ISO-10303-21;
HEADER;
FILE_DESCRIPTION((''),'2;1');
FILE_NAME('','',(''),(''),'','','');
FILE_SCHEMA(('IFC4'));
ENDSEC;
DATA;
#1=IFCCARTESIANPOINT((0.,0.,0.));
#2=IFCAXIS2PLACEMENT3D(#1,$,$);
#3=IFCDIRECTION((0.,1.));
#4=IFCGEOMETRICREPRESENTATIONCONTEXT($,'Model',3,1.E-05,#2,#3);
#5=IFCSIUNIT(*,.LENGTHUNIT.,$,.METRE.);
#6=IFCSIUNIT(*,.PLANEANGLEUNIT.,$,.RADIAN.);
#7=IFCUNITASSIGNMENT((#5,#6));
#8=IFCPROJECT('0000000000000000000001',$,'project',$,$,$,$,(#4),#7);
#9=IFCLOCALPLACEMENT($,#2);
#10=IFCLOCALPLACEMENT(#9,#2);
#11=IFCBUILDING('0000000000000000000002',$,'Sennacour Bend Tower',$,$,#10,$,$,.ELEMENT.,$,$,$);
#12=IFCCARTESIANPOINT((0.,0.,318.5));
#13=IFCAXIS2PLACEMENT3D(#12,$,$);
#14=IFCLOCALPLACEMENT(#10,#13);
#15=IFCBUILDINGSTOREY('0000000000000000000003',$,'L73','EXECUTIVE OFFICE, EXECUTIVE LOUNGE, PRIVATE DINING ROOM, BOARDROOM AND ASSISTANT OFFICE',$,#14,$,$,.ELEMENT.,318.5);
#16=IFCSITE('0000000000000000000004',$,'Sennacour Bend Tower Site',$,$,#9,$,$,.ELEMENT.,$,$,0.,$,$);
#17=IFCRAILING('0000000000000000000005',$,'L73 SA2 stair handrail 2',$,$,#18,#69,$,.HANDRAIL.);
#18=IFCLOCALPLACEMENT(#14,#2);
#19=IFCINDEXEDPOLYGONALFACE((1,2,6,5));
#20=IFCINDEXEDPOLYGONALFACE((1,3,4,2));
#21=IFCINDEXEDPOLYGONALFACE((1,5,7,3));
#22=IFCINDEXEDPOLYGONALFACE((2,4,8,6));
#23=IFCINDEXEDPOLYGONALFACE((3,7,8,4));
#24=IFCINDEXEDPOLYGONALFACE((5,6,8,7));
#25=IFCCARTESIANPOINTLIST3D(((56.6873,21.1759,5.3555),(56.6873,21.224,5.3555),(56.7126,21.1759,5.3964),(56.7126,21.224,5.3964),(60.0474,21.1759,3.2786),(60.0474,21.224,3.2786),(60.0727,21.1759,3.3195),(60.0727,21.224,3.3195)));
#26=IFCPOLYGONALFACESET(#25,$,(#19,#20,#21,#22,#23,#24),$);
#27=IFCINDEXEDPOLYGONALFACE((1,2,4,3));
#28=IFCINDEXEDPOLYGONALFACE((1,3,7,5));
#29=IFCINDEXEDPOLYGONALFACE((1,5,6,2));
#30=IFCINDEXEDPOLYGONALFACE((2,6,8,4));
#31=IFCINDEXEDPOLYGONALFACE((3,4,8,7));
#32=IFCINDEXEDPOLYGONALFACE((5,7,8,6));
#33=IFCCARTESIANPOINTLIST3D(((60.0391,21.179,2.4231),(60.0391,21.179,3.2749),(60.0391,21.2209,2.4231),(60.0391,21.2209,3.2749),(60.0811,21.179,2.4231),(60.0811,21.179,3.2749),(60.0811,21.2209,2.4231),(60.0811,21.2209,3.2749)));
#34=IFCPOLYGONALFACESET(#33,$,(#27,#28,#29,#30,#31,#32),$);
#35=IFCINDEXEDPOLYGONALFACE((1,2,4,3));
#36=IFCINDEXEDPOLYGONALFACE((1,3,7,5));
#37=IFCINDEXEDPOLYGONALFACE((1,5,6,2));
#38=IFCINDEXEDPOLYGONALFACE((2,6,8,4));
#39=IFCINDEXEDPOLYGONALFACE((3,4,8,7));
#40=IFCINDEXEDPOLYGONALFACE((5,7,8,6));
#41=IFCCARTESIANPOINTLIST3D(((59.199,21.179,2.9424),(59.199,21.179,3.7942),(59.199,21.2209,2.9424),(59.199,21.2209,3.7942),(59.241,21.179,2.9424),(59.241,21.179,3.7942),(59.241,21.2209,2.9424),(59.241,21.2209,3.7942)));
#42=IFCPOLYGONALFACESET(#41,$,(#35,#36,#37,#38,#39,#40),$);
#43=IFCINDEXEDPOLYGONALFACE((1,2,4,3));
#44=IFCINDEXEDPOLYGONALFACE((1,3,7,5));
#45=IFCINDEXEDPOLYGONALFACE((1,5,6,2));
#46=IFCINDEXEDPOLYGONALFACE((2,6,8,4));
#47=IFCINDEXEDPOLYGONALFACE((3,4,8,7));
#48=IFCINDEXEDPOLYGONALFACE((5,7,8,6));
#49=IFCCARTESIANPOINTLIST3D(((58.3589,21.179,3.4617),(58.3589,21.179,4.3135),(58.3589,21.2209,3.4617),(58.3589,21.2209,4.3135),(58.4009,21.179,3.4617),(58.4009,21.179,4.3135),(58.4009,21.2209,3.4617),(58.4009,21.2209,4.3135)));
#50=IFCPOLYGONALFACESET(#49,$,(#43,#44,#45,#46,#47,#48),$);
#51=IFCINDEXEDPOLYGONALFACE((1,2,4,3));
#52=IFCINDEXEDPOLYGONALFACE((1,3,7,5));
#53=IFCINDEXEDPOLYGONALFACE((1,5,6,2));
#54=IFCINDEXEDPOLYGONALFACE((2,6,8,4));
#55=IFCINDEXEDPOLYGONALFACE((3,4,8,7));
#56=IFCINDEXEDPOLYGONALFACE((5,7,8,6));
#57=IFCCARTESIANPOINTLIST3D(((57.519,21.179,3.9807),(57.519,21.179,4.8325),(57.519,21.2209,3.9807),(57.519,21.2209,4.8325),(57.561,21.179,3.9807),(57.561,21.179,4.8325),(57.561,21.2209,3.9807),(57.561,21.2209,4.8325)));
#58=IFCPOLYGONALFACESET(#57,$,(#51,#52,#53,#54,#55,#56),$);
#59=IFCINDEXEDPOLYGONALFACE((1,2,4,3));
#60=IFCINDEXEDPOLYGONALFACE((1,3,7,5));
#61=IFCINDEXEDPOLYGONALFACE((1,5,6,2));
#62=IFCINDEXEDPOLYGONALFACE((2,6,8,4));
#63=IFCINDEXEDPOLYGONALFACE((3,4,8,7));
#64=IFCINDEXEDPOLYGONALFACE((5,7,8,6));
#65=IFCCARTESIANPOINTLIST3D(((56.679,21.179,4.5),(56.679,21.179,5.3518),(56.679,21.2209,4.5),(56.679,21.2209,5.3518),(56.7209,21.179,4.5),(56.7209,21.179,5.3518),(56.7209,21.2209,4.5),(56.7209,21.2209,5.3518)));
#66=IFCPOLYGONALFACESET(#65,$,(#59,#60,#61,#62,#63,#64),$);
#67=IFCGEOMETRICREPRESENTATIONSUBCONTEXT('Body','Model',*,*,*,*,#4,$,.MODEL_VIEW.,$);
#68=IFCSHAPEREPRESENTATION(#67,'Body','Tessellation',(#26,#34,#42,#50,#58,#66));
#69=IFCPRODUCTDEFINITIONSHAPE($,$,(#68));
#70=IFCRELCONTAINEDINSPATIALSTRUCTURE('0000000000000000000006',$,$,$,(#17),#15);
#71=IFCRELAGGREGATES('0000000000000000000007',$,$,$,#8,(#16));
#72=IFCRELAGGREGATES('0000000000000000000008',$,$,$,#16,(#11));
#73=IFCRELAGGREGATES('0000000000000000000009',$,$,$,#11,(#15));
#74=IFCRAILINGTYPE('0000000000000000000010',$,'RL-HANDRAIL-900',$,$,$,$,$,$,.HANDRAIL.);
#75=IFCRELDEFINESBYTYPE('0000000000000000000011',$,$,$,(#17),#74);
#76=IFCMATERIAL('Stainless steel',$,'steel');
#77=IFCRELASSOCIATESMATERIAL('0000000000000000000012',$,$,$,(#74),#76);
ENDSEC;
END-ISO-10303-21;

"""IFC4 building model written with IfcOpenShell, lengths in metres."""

from ifc_helpers import new_model, si_unit, direction, frame, origin, origin_2d, place, context, subcontext, project, spatial, rectangle, extrude, material, type_object, element, save


model = new_model("IFC4")

# Units and contexts
model_context = context("Model", 3, precision=1e-05, world=origin(), true_north=direction((0.0, 1.0)))
body_context = subcontext(model_context, "Body", "Model", "MODEL_VIEW")
ifc_project = project(units=[si_unit("LENGTHUNIT", "METRE"), si_unit("PLANEANGLEUNIT", "RADIAN")], contexts=[model_context])

# Site, building, storey
site_placement = place(None, origin())
site = spatial("IfcSite", under=ifc_project, at=site_placement, Name="Sennacour Bend Tower Site", CompositionType="ELEMENT", RefElevation=0.0)
building_placement = place(site_placement, origin())
building = spatial("IfcBuilding", under=site, at=building_placement, Name="Sennacour Bend Tower", CompositionType="ELEMENT")
storey_placement = place(building_placement, frame((0.0, 0.0, 318.5)))
storey = spatial("IfcBuildingStorey", under=building, at=storey_placement, Name="L73", Description="EXECUTIVE OFFICE, EXECUTIVE LOUNGE, PRIVATE DINING ROOM, BOARDROOM AND ASSISTANT OFFICE", CompositionType="ELEMENT", Elevation=318.5)

# Shared definitions
ifc_material_1 = material(Name="Stainless steel", Category="steel")

# Railing
railing_type_1 = type_object("IfcRailingType", Name="RL-HANDRAIL-900", PredefinedType="HANDRAIL", material=ifc_material_1)
railing_1_placement = place(storey_placement, frame((60.0601, 21.2, 2.4231)))
element("IfcRailing", 1, at=railing_1_placement, inside=storey, type_object=railing_type_1, Name="L73 SA2 stair handrail 2", PredefinedType="HANDRAIL", context=body_context, shape_type="SweptSolid", body=[
    extrude(rectangle(XDim=0.0481, YDim=0.0481, at=origin_2d()), frame((0.0, 0.0, 0.876), z_axis=(-0.850623, 0.0, 0.525776), x_axis=(0.0, -1.0, 0.0)), (0.0, 0.0, 1.0), 3.9502),
    extrude(rectangle(XDim=0.042, YDim=0.042, at=origin_2d()), origin(), (0.0, 0.0, 1.0), 0.8518),
    extrude(rectangle(XDim=0.042, YDim=0.042, at=origin_2d()), frame((-0.8401, 0.0, 0.5193)), (0.0, 0.0, 1.0), 0.8518),
    extrude(rectangle(XDim=0.042, YDim=0.042, at=origin_2d()), frame((-1.6802, 0.0, 1.0386)), (0.0, 0.0, 1.0), 0.8518),
    extrude(rectangle(XDim=0.042, YDim=0.042, at=origin_2d()), frame((-2.52, 0.0, 1.5576)), (0.0, 0.0, 1.0), 0.8518),
    extrude(rectangle(XDim=0.042, YDim=0.042, at=origin_2d()), frame((-3.3601, 0.0, 2.0769)), (0.0, 0.0, 1.0), 0.8518),
])

save(model, "model.ifc")
